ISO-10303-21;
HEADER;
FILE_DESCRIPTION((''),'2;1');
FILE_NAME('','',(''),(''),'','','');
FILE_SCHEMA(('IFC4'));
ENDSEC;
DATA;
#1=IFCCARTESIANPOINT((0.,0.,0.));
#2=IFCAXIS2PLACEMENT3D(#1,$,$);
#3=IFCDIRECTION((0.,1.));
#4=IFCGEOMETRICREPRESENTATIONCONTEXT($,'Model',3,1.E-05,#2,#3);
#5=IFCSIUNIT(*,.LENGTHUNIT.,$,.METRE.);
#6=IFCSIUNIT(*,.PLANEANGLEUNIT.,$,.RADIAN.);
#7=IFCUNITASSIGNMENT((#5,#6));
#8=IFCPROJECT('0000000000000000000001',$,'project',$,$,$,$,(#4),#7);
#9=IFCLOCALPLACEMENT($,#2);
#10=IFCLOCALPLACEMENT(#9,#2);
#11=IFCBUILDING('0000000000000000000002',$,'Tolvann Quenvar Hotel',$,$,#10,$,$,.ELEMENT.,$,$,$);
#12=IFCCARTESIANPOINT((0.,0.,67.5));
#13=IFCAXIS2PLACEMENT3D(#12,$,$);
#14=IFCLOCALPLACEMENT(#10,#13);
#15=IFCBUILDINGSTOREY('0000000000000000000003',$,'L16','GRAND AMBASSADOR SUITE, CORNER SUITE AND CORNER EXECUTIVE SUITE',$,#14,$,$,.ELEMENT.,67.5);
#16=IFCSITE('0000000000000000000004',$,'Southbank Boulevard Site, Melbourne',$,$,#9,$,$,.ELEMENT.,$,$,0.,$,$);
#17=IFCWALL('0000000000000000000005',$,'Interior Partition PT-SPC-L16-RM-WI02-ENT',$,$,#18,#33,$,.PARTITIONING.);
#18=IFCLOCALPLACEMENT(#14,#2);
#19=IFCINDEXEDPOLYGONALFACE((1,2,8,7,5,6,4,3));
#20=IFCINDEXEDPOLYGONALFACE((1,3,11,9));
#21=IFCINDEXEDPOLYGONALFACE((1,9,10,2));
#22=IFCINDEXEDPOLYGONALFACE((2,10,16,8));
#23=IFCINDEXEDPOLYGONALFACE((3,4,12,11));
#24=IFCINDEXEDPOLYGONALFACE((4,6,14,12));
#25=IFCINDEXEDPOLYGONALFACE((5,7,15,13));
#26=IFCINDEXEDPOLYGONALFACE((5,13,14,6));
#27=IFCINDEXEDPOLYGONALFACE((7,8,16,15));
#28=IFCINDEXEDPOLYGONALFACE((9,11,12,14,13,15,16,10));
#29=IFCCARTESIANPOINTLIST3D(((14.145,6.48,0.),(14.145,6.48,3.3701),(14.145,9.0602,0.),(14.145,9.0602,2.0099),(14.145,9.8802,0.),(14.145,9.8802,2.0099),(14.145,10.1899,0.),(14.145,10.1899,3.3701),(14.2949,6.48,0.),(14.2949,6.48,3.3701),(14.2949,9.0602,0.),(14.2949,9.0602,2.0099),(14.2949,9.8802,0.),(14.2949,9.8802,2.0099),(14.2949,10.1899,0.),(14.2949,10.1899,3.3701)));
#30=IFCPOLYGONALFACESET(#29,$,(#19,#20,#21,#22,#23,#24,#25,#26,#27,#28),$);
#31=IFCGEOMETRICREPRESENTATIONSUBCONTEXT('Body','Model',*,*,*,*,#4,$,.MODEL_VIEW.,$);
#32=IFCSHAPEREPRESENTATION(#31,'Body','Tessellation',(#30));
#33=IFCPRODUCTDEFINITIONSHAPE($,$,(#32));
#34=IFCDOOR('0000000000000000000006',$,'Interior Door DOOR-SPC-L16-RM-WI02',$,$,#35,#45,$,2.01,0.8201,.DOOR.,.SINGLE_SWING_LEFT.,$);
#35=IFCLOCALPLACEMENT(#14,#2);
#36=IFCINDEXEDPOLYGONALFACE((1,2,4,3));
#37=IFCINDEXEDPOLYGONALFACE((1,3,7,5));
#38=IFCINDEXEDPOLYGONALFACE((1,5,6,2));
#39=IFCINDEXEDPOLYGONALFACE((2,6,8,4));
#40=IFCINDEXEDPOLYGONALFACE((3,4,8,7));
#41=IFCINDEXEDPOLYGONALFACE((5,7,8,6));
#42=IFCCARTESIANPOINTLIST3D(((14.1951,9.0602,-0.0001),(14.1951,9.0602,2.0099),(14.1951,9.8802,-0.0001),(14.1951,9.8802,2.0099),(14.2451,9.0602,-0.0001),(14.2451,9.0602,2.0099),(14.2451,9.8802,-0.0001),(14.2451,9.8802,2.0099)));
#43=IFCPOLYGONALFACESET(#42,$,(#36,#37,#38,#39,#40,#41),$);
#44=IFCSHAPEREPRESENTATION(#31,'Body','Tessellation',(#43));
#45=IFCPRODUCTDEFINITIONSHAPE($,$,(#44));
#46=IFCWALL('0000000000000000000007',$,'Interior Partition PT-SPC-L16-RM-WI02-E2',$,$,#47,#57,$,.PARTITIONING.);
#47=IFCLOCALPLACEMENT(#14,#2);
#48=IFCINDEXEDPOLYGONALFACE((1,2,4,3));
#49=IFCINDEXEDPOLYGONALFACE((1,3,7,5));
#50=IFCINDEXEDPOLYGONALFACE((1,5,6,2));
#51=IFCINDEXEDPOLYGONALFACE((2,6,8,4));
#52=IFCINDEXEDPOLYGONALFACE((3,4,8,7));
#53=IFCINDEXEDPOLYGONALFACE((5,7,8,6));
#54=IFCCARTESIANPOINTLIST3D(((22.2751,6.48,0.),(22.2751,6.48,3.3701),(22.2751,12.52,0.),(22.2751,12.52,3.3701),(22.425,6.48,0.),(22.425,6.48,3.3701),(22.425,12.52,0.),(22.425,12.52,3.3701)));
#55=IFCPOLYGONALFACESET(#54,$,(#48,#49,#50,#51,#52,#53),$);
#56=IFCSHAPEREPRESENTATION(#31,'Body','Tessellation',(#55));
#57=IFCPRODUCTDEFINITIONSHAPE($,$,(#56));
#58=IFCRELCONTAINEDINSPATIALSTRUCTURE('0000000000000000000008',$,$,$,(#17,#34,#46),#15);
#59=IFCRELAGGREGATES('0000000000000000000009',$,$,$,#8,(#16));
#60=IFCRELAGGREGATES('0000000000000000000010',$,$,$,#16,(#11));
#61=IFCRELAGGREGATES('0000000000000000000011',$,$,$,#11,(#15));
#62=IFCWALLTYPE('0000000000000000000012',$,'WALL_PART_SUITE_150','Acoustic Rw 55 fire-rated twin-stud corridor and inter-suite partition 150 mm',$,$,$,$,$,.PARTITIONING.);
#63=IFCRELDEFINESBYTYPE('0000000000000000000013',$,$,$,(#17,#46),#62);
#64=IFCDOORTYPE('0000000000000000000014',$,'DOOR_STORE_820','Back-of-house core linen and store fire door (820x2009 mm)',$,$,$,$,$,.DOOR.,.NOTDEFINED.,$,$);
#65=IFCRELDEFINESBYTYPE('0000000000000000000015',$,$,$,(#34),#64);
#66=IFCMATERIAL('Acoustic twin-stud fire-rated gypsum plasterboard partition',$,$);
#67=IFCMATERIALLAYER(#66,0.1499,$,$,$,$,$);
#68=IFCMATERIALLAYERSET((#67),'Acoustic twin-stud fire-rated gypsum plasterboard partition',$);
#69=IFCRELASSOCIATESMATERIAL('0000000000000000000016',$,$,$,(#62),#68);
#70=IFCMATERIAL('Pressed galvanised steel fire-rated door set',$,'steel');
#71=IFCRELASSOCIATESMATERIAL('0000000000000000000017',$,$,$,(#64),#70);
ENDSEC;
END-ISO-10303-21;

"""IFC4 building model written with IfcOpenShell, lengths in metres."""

from ifc_helpers import new_model, si_unit, direction, frame, frame_2d, origin, place, context, subcontext, project, spatial, rectangle, extrude, source, transform, mapped, material, layer, layer_set, type_object, type_shapes, element, fill, save


model = new_model("IFC4")

# Units and contexts
model_context = context("Model", 3, precision=1e-05, world=origin(), true_north=direction((0.0, 1.0)))
body_context = subcontext(model_context, "Body", "Model", "MODEL_VIEW")
ifc_project = project(units=[si_unit("LENGTHUNIT", "METRE"), si_unit("PLANEANGLEUNIT", "RADIAN")], contexts=[model_context])

# Site, building, storey
site_placement = place(None, origin())
site = spatial("IfcSite", under=ifc_project, at=site_placement, Name="Southbank Boulevard Site, Melbourne", CompositionType="ELEMENT", RefElevation=0.0)
building_placement = place(site_placement, origin())
building = spatial("IfcBuilding", under=site, at=building_placement, Name="Tolvann Quenvar Hotel", CompositionType="ELEMENT")
storey_placement = place(building_placement, frame((0.0, 0.0, 67.5)))
storey = spatial("IfcBuildingStorey", under=building, at=storey_placement, Name="L16", Description="GRAND AMBASSADOR SUITE, CORNER SUITE AND CORNER EXECUTIVE SUITE", CompositionType="ELEMENT", Elevation=67.5)

# Shared definitions
ifc_material_1 = material(Name="Acoustic twin-stud fire-rated gypsum plasterboard partition")
ifc_layer_1 = layer(ifc_material_1, 0.1499)
ifc_layer_set_1 = layer_set([ifc_layer_1], Name="Acoustic twin-stud fire-rated gypsum plasterboard partition")
wall_type_1 = type_object("IfcWallType", Name="WALL_PART_SUITE_150", Description="Acoustic Rw 55 fire-rated twin-stud corridor and inter-suite partition 150 mm", PredefinedType="PARTITIONING", material=ifc_layer_set_1)

# Wall, opening, door
wall_1_placement = place(storey_placement, frame((14.22, 6.48, 0.0), z_axis=(0.0, 0.0, 1.0), x_axis=(0.0, 1.0, 0.0)))
wall_1 = element("IfcWall", 1, at=wall_1_placement, inside=storey, type_object=wall_type_1, Name="Interior Partition PT-SPC-L16-RM-WI02-ENT", PredefinedType="PARTITIONING", context=body_context, shape_type="SweptSolid", body=[
    extrude(rectangle(XDim=3.71, YDim=0.1499, at=frame_2d((1.855, 0.0))), origin(), (0.0, 0.0, 1.0), 3.3701),
])
opening_1_placement = place(wall_1_placement, frame((2.5801, 0.0, 0.0)))
opening_1 = element("IfcOpeningElement", 2, at=opening_1_placement, cuts=wall_1, PredefinedType="OPENING", context=body_context, shape_type="SweptSolid", body=[
    extrude(rectangle(XDim=0.8201, YDim=2.01, at=frame_2d((0.4102, 1.0049))), frame((0.0, 0.085, 0.0), z_axis=(0.0, -1.0, 0.0), x_axis=(1.0, 0.0, 0.0)), (0.0, 0.0, 1.0), 0.1699),
])
ifc_material_2 = material(Name="Pressed galvanised steel fire-rated door set", Category="steel")
door_type_1 = type_object("IfcDoorType", Name="DOOR_STORE_820", Description="Back-of-house core linen and store fire door (820x2009 mm)", OperationType="NOTDEFINED", PredefinedType="DOOR", material=ifc_material_2)
shared_shape_1 = source(origin(), body_context, "Body", "SweptSolid", [
    extrude(rectangle(XDim=0.8201, YDim=2.01, at=frame_2d((0.4102, 1.0049))), frame((0.0, 0.0249, 0.0), z_axis=(0.0, -1.0, 0.0), x_axis=(1.0, 0.0, 0.0)), (0.0, 0.0, 1.0), 0.05),
])
type_shapes(door_type_1, [shared_shape_1])
door_1_placement = place(opening_1_placement, origin())
door_1 = element("IfcDoor", 3, at=door_1_placement, inside=storey, type_object=door_type_1, Name="Interior Door DOOR-SPC-L16-RM-WI02", OperationType="SINGLE_SWING_LEFT", OverallHeight=2.01, OverallWidth=0.8201, PredefinedType="DOOR", context=body_context, shape_type="MappedRepresentation", body=[
    mapped(shared_shape_1, transform((0.0, 0.0, 0.0), x_axis=(1.0, 0.0, 0.0), y_axis=(0.0, 1.0, 0.0), z_axis=(0.0, 0.0, 1.0), scale=1.0)),
])
fill(opening_1, door_1)

# Wall
wall_2_placement = place(storey_placement, frame((22.3501, 6.48, 0.0), z_axis=(0.0, 0.0, 1.0), x_axis=(0.0, 1.0, 0.0)))
element("IfcWall", 4, at=wall_2_placement, inside=storey, type_object=wall_type_1, Name="Interior Partition PT-SPC-L16-RM-WI02-E2", PredefinedType="PARTITIONING", context=body_context, shape_type="SweptSolid", body=[
    extrude(rectangle(XDim=6.04, YDim=0.1499, at=frame_2d((3.02, 0.0))), origin(), (0.0, 0.0, 1.0), 3.3701),
])

save(model, "model.ifc")
